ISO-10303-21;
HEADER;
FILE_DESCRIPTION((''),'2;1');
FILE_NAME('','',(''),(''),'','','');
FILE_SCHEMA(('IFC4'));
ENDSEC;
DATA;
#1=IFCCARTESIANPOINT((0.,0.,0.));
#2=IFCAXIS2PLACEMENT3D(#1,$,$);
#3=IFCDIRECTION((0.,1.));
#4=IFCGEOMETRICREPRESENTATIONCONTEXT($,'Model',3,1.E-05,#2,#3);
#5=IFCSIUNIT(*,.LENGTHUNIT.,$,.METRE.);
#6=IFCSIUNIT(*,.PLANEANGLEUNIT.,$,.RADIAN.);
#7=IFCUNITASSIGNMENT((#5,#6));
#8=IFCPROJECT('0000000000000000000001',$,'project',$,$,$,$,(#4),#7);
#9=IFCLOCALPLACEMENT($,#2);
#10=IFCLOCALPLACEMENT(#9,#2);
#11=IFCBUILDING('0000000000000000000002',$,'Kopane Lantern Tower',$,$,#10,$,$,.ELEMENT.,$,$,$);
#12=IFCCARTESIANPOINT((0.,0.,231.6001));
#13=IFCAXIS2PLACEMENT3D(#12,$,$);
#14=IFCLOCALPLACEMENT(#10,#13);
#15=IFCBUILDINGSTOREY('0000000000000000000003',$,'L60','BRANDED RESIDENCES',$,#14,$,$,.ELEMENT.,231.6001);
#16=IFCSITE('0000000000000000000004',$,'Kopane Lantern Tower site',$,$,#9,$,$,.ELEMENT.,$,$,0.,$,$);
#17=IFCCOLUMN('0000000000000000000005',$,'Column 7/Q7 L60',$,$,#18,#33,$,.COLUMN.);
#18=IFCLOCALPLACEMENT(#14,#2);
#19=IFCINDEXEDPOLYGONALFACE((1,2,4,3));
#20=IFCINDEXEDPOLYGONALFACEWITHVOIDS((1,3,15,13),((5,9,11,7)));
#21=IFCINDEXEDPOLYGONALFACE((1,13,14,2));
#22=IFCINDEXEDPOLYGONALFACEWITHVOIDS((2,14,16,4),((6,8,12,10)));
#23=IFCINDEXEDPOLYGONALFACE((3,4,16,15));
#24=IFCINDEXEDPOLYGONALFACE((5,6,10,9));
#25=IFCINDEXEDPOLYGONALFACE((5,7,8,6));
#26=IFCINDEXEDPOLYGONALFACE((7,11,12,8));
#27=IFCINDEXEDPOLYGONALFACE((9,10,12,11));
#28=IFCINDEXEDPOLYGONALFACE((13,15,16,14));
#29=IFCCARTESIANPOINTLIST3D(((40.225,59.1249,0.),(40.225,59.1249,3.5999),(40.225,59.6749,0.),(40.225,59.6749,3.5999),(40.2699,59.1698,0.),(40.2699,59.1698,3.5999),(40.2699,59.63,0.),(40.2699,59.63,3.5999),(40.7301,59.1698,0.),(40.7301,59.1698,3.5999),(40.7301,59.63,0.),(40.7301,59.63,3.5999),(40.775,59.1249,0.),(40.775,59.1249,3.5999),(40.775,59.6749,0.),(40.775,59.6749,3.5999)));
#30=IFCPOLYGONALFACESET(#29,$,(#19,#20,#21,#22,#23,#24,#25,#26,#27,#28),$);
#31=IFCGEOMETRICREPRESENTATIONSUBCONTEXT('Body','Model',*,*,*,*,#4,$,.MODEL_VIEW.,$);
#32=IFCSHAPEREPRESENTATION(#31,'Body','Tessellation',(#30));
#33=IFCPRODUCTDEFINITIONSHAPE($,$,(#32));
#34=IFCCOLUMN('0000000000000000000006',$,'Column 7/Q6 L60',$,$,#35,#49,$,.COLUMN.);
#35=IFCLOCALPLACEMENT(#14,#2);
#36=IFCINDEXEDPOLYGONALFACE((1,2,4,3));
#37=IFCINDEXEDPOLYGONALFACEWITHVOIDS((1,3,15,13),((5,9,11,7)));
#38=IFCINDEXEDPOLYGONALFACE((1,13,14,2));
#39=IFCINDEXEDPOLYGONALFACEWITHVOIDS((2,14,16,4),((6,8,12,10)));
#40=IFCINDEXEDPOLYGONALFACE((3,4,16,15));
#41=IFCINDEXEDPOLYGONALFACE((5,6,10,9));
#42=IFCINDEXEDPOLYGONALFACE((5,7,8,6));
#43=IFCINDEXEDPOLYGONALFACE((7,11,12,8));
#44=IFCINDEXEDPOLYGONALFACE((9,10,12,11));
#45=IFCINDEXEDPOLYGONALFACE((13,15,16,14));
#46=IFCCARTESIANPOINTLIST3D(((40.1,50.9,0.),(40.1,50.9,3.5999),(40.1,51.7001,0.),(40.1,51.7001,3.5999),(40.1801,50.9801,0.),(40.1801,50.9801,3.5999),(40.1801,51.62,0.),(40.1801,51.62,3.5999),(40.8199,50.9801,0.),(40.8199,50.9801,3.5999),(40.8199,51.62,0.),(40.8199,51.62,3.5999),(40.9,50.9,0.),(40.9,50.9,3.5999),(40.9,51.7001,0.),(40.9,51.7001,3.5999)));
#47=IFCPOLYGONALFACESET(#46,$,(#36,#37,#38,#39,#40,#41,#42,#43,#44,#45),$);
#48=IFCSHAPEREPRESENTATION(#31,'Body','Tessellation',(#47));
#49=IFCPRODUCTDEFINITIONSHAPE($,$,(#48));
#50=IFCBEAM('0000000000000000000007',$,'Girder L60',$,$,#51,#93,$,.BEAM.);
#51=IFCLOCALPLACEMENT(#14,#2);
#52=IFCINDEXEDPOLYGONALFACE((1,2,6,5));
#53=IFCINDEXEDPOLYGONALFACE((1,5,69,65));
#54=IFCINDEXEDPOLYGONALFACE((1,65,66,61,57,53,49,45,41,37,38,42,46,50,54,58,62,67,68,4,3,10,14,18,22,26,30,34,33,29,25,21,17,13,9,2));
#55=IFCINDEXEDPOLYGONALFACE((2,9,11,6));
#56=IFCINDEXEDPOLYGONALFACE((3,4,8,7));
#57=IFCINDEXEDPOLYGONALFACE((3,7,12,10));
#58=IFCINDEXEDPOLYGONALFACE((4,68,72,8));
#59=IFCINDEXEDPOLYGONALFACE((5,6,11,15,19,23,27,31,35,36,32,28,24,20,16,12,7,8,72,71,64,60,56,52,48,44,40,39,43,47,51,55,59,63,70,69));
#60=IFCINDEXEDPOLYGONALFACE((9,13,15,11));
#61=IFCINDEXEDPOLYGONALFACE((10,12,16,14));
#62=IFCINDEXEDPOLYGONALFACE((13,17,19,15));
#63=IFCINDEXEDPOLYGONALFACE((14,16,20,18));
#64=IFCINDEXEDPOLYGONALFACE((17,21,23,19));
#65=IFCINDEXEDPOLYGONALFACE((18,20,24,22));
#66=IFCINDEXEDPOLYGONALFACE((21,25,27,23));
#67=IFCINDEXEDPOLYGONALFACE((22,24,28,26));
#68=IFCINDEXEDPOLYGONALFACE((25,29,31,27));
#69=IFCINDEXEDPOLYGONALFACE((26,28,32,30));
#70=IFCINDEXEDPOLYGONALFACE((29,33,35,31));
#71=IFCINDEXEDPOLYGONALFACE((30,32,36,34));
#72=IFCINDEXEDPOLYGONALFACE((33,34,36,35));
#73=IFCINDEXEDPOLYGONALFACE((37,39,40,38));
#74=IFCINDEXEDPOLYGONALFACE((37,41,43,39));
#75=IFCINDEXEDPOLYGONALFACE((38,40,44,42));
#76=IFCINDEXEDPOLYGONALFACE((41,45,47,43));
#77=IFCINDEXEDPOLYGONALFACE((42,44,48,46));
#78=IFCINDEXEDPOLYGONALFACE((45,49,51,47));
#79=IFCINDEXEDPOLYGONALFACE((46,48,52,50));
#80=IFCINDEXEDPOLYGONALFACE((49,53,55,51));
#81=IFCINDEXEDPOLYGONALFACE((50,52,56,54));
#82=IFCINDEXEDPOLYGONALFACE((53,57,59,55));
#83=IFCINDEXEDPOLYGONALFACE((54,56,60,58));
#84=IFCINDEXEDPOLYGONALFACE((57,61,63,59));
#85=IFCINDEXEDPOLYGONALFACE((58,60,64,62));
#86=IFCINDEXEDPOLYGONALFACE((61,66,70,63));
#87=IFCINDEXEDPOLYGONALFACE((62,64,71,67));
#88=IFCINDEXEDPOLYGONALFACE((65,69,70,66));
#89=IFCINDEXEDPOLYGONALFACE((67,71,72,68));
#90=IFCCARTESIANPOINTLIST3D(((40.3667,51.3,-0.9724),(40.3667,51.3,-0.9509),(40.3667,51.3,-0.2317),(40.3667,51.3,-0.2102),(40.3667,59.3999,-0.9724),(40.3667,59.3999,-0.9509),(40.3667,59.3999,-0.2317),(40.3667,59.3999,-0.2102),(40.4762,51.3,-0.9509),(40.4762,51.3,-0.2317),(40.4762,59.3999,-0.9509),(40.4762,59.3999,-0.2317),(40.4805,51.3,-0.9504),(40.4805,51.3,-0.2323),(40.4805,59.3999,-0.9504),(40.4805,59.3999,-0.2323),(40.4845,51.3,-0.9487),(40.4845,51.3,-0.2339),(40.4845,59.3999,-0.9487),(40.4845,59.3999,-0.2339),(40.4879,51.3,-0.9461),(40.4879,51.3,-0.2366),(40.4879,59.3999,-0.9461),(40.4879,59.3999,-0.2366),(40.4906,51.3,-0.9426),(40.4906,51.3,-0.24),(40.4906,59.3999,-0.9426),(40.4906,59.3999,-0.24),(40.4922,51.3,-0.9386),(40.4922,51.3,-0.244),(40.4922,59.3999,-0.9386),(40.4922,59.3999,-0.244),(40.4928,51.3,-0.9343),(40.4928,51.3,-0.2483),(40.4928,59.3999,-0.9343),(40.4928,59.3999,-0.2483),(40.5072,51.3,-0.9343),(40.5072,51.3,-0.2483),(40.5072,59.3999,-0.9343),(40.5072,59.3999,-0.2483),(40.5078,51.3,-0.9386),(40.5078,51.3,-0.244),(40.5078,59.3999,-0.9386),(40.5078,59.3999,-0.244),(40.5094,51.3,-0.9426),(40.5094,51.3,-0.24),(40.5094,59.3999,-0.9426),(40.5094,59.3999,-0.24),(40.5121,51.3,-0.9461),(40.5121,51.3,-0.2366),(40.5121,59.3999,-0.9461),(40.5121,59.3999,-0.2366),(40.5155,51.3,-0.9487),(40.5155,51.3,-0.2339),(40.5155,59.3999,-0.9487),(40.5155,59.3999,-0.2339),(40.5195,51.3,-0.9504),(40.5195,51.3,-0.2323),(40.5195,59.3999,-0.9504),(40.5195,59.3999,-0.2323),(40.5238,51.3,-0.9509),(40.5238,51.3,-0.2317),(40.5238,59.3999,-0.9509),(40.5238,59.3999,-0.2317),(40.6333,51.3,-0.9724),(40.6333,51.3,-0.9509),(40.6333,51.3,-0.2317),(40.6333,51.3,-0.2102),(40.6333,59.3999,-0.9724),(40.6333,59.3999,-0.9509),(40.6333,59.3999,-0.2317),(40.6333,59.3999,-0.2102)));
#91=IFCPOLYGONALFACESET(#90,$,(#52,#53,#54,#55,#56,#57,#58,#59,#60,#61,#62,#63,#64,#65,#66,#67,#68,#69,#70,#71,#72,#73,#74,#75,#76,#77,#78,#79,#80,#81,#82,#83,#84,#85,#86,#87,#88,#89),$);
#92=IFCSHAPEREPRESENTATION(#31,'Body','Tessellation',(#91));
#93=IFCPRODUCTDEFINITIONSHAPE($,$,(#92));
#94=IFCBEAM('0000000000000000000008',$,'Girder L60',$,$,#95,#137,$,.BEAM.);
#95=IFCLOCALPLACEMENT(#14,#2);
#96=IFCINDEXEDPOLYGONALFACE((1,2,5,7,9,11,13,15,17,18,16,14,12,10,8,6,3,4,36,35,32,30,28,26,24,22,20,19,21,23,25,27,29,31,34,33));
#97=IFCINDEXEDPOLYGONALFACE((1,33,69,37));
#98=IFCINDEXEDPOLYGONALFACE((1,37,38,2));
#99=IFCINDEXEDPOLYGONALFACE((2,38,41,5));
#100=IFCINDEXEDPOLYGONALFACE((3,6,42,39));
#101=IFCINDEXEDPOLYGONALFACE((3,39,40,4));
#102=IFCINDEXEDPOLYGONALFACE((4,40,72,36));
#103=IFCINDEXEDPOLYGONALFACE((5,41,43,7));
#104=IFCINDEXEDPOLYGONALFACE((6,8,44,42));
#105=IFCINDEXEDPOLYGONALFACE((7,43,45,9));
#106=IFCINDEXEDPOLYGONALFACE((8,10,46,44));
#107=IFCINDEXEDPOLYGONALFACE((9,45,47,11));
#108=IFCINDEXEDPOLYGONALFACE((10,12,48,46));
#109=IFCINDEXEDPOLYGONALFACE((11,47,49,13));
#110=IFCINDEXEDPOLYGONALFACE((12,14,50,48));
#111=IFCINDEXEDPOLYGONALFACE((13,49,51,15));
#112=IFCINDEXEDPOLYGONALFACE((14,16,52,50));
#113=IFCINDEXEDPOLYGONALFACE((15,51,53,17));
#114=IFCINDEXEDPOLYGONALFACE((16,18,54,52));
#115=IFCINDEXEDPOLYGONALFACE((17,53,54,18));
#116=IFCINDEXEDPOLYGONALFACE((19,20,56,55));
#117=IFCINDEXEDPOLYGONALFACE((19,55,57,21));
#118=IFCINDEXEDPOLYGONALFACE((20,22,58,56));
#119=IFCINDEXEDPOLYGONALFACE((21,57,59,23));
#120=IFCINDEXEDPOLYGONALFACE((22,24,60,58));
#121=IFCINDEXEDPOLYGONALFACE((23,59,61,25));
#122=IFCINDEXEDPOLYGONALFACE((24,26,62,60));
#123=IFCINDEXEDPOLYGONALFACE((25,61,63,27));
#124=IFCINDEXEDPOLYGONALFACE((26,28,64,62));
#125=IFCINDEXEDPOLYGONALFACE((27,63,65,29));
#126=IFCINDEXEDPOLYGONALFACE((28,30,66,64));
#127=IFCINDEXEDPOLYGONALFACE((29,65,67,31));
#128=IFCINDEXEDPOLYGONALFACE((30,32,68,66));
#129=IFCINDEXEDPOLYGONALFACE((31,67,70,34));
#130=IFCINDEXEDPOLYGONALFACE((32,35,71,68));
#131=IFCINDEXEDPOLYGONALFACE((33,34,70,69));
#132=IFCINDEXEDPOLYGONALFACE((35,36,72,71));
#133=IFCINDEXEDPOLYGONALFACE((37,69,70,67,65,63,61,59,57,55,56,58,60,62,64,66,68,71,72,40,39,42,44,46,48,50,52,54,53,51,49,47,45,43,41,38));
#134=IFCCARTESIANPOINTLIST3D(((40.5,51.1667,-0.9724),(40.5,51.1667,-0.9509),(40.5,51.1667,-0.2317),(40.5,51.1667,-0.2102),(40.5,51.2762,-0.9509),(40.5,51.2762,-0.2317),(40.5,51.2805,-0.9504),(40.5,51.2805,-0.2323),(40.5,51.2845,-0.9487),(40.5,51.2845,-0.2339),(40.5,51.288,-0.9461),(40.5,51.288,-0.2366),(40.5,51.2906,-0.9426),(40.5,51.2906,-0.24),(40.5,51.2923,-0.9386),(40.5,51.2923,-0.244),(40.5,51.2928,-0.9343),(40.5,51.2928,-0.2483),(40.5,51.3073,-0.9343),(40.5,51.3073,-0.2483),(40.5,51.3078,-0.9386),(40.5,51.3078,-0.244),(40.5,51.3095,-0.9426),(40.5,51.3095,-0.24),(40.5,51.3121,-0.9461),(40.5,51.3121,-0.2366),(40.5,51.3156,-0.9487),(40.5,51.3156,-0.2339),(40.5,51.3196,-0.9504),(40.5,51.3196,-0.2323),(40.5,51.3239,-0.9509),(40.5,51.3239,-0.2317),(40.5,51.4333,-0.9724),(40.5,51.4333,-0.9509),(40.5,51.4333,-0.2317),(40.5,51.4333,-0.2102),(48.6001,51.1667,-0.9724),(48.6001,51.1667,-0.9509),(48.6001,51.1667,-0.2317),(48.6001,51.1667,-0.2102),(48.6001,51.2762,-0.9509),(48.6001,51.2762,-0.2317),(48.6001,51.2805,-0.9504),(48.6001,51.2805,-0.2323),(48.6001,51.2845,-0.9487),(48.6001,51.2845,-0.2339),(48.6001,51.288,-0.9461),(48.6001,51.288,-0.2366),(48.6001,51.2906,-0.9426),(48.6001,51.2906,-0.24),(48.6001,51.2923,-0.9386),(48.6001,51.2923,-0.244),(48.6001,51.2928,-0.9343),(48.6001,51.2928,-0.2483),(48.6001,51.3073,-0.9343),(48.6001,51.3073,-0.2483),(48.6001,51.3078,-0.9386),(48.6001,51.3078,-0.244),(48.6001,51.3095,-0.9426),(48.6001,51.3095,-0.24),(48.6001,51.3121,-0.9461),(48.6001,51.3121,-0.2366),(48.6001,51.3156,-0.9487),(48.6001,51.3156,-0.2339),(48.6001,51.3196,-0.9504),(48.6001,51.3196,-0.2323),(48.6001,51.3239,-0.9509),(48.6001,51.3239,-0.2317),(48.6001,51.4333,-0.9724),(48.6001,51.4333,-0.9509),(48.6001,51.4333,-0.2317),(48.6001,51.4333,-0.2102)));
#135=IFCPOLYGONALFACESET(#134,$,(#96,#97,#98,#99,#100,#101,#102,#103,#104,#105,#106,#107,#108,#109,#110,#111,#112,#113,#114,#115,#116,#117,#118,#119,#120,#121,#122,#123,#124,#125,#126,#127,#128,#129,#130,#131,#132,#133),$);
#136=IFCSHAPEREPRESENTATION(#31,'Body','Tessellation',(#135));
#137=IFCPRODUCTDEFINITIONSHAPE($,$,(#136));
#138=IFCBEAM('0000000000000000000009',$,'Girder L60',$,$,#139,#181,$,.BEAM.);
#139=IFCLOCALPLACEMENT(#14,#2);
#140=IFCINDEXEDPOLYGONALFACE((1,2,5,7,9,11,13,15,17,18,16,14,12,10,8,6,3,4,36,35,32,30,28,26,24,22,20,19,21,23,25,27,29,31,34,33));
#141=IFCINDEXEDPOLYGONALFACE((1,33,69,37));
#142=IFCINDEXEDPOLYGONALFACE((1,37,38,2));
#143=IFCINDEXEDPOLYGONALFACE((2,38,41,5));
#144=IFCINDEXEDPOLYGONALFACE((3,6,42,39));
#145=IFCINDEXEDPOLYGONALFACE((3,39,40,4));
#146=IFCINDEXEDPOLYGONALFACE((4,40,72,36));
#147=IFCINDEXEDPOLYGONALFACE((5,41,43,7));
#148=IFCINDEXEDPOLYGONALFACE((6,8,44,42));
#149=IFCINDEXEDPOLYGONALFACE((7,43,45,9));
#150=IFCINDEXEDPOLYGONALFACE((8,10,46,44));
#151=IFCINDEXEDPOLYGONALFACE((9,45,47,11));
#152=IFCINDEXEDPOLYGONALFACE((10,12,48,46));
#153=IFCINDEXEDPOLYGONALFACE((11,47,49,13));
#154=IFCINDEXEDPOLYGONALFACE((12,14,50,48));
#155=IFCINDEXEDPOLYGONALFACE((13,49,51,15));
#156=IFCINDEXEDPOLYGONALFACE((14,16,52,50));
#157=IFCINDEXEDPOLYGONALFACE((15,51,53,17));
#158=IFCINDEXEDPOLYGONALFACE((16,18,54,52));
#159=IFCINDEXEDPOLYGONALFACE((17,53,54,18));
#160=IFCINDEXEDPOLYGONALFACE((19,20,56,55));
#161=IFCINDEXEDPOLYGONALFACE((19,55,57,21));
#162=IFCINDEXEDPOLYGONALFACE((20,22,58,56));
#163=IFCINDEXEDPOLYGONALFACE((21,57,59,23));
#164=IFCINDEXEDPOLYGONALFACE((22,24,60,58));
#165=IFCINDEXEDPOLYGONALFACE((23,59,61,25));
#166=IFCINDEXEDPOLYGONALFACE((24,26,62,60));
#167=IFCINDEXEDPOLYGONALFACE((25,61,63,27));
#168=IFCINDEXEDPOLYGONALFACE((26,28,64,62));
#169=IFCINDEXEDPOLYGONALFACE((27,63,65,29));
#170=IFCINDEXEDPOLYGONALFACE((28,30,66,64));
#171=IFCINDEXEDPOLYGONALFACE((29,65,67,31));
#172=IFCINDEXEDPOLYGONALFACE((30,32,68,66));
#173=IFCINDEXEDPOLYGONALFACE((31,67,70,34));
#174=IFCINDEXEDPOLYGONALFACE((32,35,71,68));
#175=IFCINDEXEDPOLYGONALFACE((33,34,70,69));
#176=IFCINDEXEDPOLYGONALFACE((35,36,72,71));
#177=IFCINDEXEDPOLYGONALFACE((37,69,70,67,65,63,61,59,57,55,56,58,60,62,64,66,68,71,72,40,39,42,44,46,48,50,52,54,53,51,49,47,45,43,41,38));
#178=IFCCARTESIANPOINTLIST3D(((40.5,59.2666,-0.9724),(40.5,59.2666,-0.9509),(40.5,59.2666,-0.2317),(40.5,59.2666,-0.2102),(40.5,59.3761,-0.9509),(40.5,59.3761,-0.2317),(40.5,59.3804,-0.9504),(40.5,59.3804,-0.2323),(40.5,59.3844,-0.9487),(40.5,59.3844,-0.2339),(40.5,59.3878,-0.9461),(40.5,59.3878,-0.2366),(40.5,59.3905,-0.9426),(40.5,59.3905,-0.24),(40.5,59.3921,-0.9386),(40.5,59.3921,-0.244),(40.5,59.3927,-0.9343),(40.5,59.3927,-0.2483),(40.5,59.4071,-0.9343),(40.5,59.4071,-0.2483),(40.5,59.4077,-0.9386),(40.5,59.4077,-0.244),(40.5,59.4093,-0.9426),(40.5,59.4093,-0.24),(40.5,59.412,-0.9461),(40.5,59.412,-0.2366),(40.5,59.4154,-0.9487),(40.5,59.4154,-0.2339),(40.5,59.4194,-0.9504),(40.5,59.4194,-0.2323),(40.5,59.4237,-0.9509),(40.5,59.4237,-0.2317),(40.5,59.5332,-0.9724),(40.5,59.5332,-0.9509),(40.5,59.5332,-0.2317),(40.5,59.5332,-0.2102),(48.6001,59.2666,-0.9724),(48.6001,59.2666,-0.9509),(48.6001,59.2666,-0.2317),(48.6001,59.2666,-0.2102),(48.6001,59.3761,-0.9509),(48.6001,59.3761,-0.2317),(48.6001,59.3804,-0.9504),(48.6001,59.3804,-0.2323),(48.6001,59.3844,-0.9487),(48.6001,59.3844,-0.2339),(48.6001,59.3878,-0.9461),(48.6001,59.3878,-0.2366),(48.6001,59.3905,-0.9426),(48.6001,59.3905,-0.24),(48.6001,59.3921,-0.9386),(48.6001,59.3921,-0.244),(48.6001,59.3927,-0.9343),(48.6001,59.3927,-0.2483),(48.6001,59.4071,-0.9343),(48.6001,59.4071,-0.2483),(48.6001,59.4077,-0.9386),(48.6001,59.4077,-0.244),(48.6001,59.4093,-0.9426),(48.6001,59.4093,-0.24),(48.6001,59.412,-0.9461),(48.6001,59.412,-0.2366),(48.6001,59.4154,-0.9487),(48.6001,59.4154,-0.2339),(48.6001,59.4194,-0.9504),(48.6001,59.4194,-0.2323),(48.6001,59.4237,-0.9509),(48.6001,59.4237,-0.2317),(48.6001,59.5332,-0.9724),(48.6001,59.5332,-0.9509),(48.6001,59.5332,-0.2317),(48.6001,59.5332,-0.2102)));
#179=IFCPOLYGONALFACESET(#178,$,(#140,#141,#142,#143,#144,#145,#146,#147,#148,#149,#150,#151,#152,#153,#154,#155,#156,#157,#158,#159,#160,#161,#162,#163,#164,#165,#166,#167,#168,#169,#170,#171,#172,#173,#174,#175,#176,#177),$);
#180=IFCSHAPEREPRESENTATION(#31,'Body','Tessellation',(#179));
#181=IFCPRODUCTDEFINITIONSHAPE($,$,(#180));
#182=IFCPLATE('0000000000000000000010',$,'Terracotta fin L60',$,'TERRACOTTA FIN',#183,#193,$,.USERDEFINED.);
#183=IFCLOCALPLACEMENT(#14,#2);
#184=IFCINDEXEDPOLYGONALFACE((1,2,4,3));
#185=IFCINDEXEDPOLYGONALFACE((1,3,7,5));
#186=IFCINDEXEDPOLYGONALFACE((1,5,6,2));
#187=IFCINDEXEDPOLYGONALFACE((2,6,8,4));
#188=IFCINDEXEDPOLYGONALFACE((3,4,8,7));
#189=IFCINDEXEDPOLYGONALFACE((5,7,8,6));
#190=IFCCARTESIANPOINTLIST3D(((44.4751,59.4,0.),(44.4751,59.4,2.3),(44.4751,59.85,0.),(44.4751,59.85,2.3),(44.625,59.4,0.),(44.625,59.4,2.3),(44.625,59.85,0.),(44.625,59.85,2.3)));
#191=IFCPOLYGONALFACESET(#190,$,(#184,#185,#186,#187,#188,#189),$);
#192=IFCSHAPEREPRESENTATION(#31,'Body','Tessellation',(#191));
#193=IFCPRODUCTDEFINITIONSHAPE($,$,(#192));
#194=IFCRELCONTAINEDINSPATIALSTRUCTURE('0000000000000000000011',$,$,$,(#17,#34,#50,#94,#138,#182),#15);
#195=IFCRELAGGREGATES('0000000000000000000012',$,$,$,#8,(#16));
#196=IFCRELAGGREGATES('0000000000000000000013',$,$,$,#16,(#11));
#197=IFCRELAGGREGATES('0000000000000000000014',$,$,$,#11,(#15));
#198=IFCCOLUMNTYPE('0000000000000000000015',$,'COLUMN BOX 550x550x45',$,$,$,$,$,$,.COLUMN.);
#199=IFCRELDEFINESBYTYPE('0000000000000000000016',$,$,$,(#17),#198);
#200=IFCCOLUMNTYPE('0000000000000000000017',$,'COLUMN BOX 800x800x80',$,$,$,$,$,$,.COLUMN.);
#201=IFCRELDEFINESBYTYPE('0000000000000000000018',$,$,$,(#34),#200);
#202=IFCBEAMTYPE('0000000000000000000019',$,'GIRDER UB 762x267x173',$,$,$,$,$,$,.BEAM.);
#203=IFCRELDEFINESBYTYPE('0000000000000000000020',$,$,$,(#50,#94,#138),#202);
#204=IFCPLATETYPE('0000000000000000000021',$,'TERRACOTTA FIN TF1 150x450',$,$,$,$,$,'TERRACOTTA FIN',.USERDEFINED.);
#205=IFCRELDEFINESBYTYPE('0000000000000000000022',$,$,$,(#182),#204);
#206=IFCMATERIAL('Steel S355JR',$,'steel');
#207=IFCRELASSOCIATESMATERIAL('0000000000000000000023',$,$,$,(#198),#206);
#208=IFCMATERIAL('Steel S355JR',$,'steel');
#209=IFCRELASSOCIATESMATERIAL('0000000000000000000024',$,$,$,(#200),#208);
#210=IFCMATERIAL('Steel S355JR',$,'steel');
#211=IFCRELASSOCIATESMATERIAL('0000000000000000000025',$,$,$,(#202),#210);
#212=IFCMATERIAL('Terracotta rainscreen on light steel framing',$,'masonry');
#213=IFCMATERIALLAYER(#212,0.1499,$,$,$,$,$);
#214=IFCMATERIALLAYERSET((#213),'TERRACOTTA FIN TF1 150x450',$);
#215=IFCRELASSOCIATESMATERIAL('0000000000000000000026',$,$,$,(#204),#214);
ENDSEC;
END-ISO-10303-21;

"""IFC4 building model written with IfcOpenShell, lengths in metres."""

from ifc_helpers import new_model, si_unit, direction, frame, origin, origin_2d, place, context, subcontext, project, spatial, rectangle, hollow_rectangle, i_section, extrude, material, layer, layer_set, material_profile, profile_set, type_object, element, save


model = new_model("IFC4")

# Units and contexts
model_context = context("Model", 3, precision=1e-05, world=origin(), true_north=direction((0.0, 1.0)))
body_context = subcontext(model_context, "Body", "Model", "MODEL_VIEW")
ifc_project = project(units=[si_unit("LENGTHUNIT", "METRE"), si_unit("PLANEANGLEUNIT", "RADIAN")], contexts=[model_context])

# Site, building, storey
site_placement = place(None, origin())
site = spatial("IfcSite", under=ifc_project, at=site_placement, Name="Kopane Lantern Tower site", CompositionType="ELEMENT", RefElevation=0.0)
building_placement = place(site_placement, origin())
building = spatial("IfcBuilding", under=site, at=building_placement, Name="Kopane Lantern Tower", CompositionType="ELEMENT")
storey_placement = place(building_placement, frame((0.0, 0.0, 231.6001)))
storey = spatial("IfcBuildingStorey", under=building, at=storey_placement, Name="L60", Description="BRANDED RESIDENCES", CompositionType="ELEMENT", Elevation=231.6001)

# Columns
ifc_material_1 = material(Name="Steel S355JR", Category="steel")
ifc_material_profile_1 = material_profile(ifc_material_1, hollow_rectangle(XDim=0.55, YDim=0.55, WallThickness=0.0449, at=origin_2d()), Name="BOX 550x550x45")
ifc_profile_set_1 = profile_set([ifc_material_profile_1], Name="Steel S355JR")
column_type_1 = type_object("IfcColumnType", Name="COLUMN BOX 550x550x45", PredefinedType="COLUMN", material=ifc_profile_set_1)
column_1_placement = place(storey_placement, frame((40.5, 59.3999, 0.0), z_axis=(0.0, 0.0, 1.0), x_axis=(1.0, 0.0, 0.0)))
element("IfcColumn", 1, at=column_1_placement, inside=storey, type_object=column_type_1, Name="Column 7/Q7 L60", PredefinedType="COLUMN", context=body_context, shape_type="SweptSolid", body=[
    extrude(hollow_rectangle(XDim=0.55, YDim=0.55, WallThickness=0.0449, at=origin_2d()), origin(), (0.0, 0.0, 1.0), 3.5999),
])
ifc_material_2 = material(Name="Steel S355JR", Category="steel")
ifc_material_profile_2 = material_profile(ifc_material_2, hollow_rectangle(XDim=0.8, YDim=0.8, WallThickness=0.0801, at=origin_2d()), Name="BOX 800x800x80")
ifc_profile_set_2 = profile_set([ifc_material_profile_2], Name="Steel S355JR")
column_type_2 = type_object("IfcColumnType", Name="COLUMN BOX 800x800x80", PredefinedType="COLUMN", material=ifc_profile_set_2)
column_2_placement = place(storey_placement, frame((40.5, 51.3, 0.0), z_axis=(0.0, 0.0, 1.0), x_axis=(1.0, 0.0, 0.0)))
element("IfcColumn", 2, at=column_2_placement, inside=storey, type_object=column_type_2, Name="Column 7/Q6 L60", PredefinedType="COLUMN", context=body_context, shape_type="SweptSolid", body=[
    extrude(hollow_rectangle(XDim=0.8, YDim=0.8, WallThickness=0.0801, at=origin_2d()), origin(), (0.0, 0.0, 1.0), 3.5999),
])

# Beams
ifc_material_3 = material(Name="Steel S355JR", Category="steel")
ifc_material_profile_3 = material_profile(ifc_material_3, i_section(OverallWidth=0.2666, OverallDepth=0.7622, WebThickness=0.0144, FlangeThickness=0.0215, FilletRadius=0.0166, at=origin_2d()), Name="UB 762x267x173")
ifc_profile_set_3 = profile_set([ifc_material_profile_3], Name="Steel S355JR")
beam_type = type_object("IfcBeamType", Name="GIRDER UB 762x267x173", PredefinedType="BEAM", material=ifc_profile_set_3)
beam_placement = place(storey_placement, frame((40.5, 51.3, -0.5913), z_axis=(0.0, 1.0, 0.0), x_axis=(-1.0, 0.0, 0.0)))
element("IfcBeam", 3, at=beam_placement, inside=storey, type_object=beam_type, Name="Girder L60", PredefinedType="BEAM", context=body_context, shape_type="SweptSolid", body=[
    extrude(i_section(OverallWidth=0.2666, OverallDepth=0.7622, WebThickness=0.0144, FlangeThickness=0.0215, FilletRadius=0.0166, at=origin_2d()), origin(), (0.0, 0.0, 1.0), 8.0999),
])
for number, where, z_axis, x_axis, name in (
    (4, (40.5, 51.3, -0.5913), (1.0, 0.0, 0.0), (0.0, 1.0, 0.0), "Girder L60"),
    (5, (40.5, 59.3999, -0.5913), (1.0, 0.0, 0.0), (0.0, 1.0, 0.0), "Girder L60"),
):
    element("IfcBeam", number, at=place(storey_placement, frame(where, z_axis=z_axis, x_axis=x_axis)), inside=storey, type_object=beam_type, Name=name, PredefinedType="BEAM", context=body_context, shape_type="SweptSolid", body=[
        extrude(i_section(OverallWidth=0.2666, OverallDepth=0.7622, WebThickness=0.0144, FlangeThickness=0.0215, FilletRadius=0.0166, at=origin_2d()), origin(), (0.0, 0.0, 1.0), 8.1001),
    ])

# Plate
ifc_material_4 = material(Name="Terracotta rainscreen on light steel framing", Category="masonry")
ifc_layer_1 = layer(ifc_material_4, 0.1499)
ifc_layer_set_1 = layer_set([ifc_layer_1], Name="TERRACOTTA FIN TF1 150x450")
plate_type = type_object("IfcPlateType", Name="TERRACOTTA FIN TF1 150x450", ElementType="TERRACOTTA FIN", PredefinedType="USERDEFINED", material=ifc_layer_set_1)
for number, where, z_axis, x_axis, name in (
    (6, (44.55, 59.625, 0.0), (0.0, 0.0, 1.0), (-1.0, 0.0, 0.0), "Terracotta fin L60"),
):
    element("IfcPlate", number, at=place(storey_placement, frame(where, z_axis=z_axis, x_axis=x_axis)), inside=storey, type_object=plate_type, Name=name, ObjectType="TERRACOTTA FIN", PredefinedType="USERDEFINED", context=body_context, shape_type="SweptSolid", body=[
        extrude(rectangle(XDim=0.1499, YDim=0.45, at=origin_2d()), origin(), (0.0, 0.0, 1.0), 2.3),
    ])

save(model, "model.ifc")
